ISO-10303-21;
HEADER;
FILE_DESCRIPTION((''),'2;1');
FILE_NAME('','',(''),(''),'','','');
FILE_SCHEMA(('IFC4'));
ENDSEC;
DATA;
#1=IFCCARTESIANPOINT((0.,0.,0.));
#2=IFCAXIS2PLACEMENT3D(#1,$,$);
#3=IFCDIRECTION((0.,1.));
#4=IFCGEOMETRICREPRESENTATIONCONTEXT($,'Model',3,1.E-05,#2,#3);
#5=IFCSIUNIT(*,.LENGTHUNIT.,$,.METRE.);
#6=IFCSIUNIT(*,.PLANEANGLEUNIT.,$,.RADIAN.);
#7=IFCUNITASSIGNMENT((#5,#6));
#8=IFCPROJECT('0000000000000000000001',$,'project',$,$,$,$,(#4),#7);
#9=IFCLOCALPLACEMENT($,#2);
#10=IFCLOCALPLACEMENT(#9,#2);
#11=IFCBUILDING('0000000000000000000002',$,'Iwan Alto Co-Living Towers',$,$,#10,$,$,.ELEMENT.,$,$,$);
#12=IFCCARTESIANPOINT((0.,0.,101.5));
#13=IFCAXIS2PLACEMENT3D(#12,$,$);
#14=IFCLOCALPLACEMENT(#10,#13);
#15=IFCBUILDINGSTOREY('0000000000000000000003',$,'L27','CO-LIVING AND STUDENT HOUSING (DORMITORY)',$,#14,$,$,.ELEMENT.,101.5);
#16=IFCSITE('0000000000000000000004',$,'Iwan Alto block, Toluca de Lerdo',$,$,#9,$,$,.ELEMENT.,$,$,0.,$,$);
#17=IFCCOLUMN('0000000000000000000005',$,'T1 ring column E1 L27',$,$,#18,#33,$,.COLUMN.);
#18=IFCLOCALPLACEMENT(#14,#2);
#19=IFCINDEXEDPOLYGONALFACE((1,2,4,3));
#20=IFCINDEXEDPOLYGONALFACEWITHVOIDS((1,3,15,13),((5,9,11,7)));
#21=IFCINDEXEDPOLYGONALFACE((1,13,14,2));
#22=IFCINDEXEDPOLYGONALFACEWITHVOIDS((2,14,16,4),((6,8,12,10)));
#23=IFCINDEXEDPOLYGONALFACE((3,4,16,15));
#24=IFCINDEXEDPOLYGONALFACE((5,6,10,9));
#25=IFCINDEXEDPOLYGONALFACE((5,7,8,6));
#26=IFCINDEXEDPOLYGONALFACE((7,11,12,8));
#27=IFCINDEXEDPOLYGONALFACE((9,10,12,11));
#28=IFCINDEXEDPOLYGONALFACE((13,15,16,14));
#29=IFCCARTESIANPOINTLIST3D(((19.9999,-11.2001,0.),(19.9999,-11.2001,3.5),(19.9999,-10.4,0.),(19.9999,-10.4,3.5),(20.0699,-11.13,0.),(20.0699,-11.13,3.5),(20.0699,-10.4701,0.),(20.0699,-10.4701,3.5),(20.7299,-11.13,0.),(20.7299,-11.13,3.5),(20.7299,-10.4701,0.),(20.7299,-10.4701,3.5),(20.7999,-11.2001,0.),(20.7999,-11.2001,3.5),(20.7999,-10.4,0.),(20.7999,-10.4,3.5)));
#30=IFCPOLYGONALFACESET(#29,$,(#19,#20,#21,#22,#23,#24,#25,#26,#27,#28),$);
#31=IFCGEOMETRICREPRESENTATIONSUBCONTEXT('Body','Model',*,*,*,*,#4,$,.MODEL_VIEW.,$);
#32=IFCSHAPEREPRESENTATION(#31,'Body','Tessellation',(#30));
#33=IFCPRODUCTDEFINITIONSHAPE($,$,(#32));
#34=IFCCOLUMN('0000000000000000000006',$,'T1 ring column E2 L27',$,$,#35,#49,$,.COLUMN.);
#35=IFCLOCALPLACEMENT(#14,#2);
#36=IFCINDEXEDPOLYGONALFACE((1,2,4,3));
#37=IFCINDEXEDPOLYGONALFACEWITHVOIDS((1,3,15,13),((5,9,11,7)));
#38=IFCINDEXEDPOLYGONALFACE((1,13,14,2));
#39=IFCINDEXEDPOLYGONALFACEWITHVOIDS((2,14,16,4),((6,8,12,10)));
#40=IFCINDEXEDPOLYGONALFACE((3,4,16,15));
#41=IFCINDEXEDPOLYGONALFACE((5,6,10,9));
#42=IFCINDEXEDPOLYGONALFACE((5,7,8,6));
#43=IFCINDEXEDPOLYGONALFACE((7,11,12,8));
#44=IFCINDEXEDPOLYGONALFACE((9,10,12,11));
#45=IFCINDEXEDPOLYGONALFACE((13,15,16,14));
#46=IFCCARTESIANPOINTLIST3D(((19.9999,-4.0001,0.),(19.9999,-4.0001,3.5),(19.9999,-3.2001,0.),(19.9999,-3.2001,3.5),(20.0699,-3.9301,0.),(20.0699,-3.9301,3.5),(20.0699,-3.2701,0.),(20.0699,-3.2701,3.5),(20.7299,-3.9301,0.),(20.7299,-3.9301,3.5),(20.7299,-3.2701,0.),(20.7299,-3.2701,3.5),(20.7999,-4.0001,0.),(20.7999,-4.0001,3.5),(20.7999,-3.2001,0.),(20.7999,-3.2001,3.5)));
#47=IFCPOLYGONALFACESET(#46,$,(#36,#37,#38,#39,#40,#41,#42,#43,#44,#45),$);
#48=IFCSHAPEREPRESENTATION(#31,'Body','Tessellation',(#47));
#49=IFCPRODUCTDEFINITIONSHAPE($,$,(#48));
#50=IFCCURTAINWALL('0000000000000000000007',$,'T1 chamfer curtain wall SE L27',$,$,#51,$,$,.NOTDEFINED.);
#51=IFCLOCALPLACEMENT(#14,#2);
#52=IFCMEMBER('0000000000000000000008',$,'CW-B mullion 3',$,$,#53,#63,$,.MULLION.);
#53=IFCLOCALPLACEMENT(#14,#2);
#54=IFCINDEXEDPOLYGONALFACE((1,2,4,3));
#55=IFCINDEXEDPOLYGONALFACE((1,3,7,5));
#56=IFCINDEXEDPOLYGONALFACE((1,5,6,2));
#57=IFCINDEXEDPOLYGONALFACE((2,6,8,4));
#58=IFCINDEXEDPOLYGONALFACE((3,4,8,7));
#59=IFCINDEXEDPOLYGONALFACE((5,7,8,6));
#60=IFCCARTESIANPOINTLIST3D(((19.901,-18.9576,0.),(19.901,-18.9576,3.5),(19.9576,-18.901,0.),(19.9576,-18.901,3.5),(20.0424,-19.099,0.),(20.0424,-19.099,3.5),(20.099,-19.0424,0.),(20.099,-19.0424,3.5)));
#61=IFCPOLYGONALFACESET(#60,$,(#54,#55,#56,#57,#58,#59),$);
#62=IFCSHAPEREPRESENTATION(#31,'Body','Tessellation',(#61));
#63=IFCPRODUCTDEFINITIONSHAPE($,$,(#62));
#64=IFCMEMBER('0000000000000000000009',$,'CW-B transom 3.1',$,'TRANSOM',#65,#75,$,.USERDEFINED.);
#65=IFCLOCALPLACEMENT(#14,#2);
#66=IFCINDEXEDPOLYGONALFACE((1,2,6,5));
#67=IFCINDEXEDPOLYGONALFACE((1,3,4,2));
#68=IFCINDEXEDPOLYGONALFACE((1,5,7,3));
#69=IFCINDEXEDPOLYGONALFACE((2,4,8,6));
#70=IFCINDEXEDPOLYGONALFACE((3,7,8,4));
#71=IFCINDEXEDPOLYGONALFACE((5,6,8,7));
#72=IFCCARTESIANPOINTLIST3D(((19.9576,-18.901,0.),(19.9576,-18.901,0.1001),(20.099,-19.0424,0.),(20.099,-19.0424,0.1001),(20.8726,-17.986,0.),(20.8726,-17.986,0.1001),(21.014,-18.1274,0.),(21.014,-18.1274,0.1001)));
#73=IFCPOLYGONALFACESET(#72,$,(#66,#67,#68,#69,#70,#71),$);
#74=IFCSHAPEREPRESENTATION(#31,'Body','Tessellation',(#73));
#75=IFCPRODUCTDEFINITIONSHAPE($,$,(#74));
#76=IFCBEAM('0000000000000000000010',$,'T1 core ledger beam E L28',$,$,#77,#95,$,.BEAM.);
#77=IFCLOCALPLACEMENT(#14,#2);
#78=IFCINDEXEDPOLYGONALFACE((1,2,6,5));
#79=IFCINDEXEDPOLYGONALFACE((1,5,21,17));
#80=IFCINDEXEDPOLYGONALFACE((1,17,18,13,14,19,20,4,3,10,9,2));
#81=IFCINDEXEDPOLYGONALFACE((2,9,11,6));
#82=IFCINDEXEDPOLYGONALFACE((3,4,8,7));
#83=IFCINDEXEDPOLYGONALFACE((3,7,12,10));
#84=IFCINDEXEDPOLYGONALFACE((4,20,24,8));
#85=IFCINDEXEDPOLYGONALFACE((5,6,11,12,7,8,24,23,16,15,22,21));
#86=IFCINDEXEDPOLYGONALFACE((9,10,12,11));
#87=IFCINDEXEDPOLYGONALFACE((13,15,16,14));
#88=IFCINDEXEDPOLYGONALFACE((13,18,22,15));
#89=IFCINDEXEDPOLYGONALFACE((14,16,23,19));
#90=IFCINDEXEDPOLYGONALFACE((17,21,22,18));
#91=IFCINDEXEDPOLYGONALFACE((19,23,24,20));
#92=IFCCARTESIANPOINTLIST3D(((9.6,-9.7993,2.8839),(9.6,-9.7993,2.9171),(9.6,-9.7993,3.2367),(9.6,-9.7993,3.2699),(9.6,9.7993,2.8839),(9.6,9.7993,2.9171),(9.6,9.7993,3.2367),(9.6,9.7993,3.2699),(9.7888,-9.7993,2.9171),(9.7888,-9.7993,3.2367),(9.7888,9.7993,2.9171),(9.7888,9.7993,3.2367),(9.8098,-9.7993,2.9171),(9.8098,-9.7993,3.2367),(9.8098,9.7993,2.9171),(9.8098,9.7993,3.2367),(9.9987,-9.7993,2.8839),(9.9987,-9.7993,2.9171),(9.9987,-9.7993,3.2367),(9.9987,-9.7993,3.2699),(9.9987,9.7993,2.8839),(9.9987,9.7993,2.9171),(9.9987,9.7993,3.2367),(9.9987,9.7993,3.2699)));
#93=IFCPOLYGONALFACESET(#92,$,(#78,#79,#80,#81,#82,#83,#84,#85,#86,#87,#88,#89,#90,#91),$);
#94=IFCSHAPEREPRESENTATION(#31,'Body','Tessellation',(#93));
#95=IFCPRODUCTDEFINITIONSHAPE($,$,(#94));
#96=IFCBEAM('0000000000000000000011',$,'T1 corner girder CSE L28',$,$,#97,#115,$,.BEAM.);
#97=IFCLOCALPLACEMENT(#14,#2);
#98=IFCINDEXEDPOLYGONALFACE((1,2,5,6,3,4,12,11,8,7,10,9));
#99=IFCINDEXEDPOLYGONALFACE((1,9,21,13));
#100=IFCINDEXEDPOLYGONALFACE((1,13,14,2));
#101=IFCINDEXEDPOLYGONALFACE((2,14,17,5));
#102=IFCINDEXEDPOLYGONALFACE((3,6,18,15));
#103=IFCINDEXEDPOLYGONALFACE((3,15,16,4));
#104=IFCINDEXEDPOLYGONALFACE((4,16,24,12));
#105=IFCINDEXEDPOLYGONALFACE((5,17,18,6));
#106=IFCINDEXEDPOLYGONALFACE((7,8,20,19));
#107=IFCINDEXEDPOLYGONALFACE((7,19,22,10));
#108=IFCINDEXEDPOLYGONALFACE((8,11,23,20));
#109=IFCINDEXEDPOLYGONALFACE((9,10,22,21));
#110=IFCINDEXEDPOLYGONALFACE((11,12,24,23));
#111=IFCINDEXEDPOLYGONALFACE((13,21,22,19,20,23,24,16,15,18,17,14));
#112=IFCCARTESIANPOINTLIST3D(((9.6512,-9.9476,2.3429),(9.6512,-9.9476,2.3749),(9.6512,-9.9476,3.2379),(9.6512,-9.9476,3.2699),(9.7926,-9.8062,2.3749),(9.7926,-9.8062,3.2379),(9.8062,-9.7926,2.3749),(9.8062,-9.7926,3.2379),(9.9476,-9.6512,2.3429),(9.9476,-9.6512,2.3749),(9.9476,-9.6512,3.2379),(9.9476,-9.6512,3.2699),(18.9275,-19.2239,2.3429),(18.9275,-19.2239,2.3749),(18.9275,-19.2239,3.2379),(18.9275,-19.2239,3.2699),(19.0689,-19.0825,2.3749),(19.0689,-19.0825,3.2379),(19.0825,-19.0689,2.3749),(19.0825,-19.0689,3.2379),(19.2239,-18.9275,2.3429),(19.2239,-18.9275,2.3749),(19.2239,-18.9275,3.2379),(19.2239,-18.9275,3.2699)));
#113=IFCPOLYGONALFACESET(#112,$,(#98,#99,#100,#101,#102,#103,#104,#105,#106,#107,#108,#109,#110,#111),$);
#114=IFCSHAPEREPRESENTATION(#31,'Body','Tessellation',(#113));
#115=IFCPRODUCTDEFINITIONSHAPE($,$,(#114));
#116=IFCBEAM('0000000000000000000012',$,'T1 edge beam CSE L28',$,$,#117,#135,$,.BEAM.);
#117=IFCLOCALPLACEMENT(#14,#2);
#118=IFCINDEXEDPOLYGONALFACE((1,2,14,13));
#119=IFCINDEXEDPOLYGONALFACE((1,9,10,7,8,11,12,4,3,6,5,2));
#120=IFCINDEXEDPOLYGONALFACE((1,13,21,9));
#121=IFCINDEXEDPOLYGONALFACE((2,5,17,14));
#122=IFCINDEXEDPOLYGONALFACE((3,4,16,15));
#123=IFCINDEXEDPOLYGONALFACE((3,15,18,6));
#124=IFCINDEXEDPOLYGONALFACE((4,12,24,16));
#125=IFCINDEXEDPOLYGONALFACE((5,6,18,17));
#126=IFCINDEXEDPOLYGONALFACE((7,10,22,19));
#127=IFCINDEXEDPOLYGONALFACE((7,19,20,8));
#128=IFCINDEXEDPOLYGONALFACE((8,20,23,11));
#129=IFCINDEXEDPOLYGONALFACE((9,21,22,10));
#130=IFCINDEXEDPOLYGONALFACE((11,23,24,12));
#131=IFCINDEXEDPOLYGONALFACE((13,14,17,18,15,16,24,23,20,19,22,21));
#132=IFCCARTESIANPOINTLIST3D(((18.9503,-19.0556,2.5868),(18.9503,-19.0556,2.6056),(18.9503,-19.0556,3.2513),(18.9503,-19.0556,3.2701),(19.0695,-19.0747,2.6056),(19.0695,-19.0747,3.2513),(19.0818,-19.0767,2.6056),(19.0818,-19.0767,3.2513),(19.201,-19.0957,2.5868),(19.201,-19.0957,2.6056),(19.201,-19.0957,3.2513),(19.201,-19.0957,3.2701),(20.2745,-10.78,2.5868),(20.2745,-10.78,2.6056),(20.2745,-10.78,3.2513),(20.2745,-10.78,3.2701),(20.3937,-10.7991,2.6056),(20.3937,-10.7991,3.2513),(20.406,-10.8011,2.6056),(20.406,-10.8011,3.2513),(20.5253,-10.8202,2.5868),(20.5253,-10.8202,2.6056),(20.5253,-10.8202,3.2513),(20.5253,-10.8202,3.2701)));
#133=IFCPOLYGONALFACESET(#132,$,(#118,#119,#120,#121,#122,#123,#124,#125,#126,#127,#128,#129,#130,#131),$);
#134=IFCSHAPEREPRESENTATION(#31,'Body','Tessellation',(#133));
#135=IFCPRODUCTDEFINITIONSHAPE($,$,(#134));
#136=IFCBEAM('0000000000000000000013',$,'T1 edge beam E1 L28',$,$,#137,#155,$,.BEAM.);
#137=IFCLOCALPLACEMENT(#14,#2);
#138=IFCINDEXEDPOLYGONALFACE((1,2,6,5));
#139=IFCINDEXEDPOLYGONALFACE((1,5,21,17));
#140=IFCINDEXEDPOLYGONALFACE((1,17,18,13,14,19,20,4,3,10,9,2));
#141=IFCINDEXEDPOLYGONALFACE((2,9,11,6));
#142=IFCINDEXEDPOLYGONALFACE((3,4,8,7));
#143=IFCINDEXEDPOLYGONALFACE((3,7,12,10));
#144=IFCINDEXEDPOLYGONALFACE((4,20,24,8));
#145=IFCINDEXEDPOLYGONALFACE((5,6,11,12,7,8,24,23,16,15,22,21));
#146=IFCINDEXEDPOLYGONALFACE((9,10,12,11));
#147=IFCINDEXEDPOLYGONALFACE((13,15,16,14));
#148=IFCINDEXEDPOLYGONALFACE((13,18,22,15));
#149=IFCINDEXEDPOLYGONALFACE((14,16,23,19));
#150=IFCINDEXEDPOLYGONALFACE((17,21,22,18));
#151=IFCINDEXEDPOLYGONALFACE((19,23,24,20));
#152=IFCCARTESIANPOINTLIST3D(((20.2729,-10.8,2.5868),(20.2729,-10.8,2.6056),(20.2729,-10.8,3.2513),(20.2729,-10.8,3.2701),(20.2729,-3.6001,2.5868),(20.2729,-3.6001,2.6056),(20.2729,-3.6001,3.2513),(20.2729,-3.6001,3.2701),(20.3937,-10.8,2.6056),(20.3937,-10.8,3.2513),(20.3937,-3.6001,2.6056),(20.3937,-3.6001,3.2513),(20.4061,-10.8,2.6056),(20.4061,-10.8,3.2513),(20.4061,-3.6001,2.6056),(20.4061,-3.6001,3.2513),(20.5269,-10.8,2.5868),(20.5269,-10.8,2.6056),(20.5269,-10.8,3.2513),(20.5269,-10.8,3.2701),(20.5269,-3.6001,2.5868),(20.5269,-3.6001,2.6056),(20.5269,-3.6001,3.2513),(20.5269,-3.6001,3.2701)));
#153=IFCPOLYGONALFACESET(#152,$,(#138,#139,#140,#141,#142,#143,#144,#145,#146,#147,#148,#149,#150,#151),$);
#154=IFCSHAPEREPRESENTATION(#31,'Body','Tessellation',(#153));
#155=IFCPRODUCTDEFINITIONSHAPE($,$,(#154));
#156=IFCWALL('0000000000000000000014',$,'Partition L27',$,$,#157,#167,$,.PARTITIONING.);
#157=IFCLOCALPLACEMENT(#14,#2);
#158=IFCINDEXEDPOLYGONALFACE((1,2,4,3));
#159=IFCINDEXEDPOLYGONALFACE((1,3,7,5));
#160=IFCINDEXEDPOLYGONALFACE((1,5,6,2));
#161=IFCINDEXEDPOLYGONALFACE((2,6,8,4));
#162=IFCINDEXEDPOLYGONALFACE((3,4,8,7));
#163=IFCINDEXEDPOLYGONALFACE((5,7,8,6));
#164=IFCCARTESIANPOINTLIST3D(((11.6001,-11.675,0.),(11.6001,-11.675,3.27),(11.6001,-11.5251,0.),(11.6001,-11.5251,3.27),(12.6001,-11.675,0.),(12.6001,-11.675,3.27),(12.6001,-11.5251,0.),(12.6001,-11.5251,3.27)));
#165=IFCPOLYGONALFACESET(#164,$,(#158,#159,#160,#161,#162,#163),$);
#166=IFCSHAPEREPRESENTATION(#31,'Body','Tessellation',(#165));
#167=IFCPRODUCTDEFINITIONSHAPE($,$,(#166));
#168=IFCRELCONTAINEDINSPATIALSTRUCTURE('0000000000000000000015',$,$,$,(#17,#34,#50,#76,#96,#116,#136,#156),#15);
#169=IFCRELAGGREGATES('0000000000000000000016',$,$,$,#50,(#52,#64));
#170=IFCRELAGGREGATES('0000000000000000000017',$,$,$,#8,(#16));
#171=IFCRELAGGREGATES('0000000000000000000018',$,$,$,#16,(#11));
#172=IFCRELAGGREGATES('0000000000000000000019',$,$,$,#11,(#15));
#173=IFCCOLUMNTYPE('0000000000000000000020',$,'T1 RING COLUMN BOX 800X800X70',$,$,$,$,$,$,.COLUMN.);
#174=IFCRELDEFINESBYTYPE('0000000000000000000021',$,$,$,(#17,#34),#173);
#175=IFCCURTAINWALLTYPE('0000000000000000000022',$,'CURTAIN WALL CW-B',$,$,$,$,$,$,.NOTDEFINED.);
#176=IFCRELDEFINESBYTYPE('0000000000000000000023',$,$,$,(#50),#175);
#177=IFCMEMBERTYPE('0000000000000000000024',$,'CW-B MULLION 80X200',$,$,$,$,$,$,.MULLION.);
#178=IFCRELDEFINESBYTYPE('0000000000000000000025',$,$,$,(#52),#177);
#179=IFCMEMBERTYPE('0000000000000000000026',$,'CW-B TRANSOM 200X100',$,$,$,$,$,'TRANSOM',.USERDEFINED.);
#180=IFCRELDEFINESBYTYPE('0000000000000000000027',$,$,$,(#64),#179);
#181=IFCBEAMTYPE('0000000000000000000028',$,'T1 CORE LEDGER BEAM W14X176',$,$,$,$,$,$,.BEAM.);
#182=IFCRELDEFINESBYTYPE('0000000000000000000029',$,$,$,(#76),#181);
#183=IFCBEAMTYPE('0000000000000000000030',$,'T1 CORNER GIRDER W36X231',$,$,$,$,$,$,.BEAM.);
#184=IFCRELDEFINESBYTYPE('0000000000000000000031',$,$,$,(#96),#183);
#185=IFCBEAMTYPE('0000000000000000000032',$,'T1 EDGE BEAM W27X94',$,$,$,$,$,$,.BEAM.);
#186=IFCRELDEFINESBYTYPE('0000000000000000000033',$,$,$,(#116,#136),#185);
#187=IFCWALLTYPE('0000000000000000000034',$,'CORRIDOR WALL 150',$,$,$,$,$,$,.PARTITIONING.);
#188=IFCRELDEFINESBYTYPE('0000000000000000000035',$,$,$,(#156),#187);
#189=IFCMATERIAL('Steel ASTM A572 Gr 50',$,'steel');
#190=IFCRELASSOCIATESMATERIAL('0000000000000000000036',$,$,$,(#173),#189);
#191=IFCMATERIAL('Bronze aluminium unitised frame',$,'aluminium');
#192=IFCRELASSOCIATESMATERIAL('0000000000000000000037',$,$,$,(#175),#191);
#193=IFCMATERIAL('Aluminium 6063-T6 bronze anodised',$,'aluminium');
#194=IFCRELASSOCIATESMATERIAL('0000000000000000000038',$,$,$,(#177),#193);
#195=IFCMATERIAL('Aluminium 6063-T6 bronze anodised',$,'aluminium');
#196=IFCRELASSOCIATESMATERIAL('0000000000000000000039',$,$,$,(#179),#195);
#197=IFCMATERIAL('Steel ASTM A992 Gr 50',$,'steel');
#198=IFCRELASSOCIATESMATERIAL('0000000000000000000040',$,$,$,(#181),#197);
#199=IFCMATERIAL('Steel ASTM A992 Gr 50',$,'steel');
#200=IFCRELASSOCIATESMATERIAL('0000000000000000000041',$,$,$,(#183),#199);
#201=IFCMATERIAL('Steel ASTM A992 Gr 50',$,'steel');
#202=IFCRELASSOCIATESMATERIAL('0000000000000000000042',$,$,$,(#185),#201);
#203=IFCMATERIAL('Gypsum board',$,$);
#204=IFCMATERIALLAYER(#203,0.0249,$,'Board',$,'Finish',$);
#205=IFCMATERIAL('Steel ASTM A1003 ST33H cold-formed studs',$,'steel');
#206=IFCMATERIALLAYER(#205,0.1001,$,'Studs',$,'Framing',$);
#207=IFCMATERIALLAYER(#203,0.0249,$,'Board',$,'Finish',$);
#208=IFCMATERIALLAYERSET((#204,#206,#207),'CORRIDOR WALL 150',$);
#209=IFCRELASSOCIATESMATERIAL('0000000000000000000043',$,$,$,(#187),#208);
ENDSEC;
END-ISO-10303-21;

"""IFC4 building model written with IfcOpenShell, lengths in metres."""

from ifc_helpers import new_model, si_unit, direction, frame, frame_2d, origin, origin_2d, place, context, subcontext, project, spatial, rectangle, hollow_rectangle, i_section, extrude, material, layer, layer_set, material_profile, profile_set, type_object, element, aggregate, save


model = new_model("IFC4")

# Units and contexts
model_context = context("Model", 3, precision=1e-05, world=origin(), true_north=direction((0.0, 1.0)))
body_context = subcontext(model_context, "Body", "Model", "MODEL_VIEW")
ifc_project = project(units=[si_unit("LENGTHUNIT", "METRE"), si_unit("PLANEANGLEUNIT", "RADIAN")], contexts=[model_context])

# Site, building, storey
site_placement = place(None, origin())
site = spatial("IfcSite", under=ifc_project, at=site_placement, Name="Iwan Alto block, Toluca de Lerdo", CompositionType="ELEMENT", RefElevation=0.0)
building_placement = place(site_placement, origin())
building = spatial("IfcBuilding", under=site, at=building_placement, Name="Iwan Alto Co-Living Towers", CompositionType="ELEMENT")
storey_placement = place(building_placement, frame((0.0, 0.0, 101.5)))
storey = spatial("IfcBuildingStorey", under=building, at=storey_placement, Name="L27", Description="CO-LIVING AND STUDENT HOUSING (DORMITORY)", CompositionType="ELEMENT", Elevation=101.5)

# Columns
ifc_material_1 = material(Name="Steel ASTM A572 Gr 50", Category="steel")
ifc_material_profile_1 = material_profile(ifc_material_1, hollow_rectangle(XDim=0.8, YDim=0.8, WallThickness=0.0701, at=origin_2d()), Name="BOX 800X800X70")
ifc_profile_set_1 = profile_set([ifc_material_profile_1], Name="Steel ASTM A572 Gr 50")
column_type = type_object("IfcColumnType", Name="T1 RING COLUMN BOX 800X800X70", PredefinedType="COLUMN", material=ifc_profile_set_1)
for number, where, z_axis, x_axis, name in (
    (1, (20.3999, -10.8, 0.0), (0.0, 0.0, 1.0), (1.0, 0.0, 0.0), "T1 ring column E1 L27"),
    (2, (20.3999, -3.6001, 0.0), (0.0, 0.0, 1.0), (1.0, 0.0, 0.0), "T1 ring column E2 L27"),
):
    element("IfcColumn", number, at=place(storey_placement, frame(where, z_axis=z_axis, x_axis=x_axis)), inside=storey, type_object=column_type, Name=name, PredefinedType="COLUMN", context=body_context, shape_type="SweptSolid", body=[
        extrude(hollow_rectangle(XDim=0.8, YDim=0.8, WallThickness=0.0701, at=origin_2d()), origin(), (0.0, 0.0, 1.0), 3.5),
    ])

# Curtain wall, members
ifc_material_2 = material(Name="Bronze aluminium unitised frame", Category="aluminium")
curtain_wall_type = type_object("IfcCurtainWallType", Name="CURTAIN WALL CW-B", PredefinedType="NOTDEFINED", material=ifc_material_2)
curtain_wall_placement = place(storey_placement, origin())
curtain_wall = element("IfcCurtainWall", 3, at=curtain_wall_placement, inside=storey, type_object=curtain_wall_type, Name="T1 chamfer curtain wall SE L27", PredefinedType="NOTDEFINED")
ifc_material_3 = material(Name="Aluminium 6063-T6 bronze anodised", Category="aluminium")
ifc_material_profile_2 = material_profile(ifc_material_3, rectangle(XDim=0.2, YDim=0.0801, at=origin_2d()), Name="AL 80X200")
ifc_profile_set_2 = profile_set([ifc_material_profile_2], Name="Aluminium 6063-T6 bronze anodised")
member_type_1 = type_object("IfcMemberType", Name="CW-B MULLION 80X200", PredefinedType="MULLION", material=ifc_profile_set_2)
member_1_placement = place(storey_placement, frame((20.0, -19.0, 0.0), z_axis=(0.0, 0.0, 1.0), x_axis=(-0.707107, 0.707107, 0.0)))
member_1 = element("IfcMember", 4, at=member_1_placement, type_object=member_type_1, Name="CW-B mullion 3", PredefinedType="MULLION", context=body_context, shape_type="SweptSolid", body=[
    extrude(rectangle(XDim=0.2, YDim=0.0801, at=origin_2d()), origin(), (0.0, 0.0, 1.0), 3.5),
])
ifc_material_4 = material(Name="Aluminium 6063-T6 bronze anodised", Category="aluminium")
ifc_material_profile_3 = material_profile(ifc_material_4, rectangle(XDim=0.2, YDim=0.1001, at=origin_2d()), Name="AL 200X100")
ifc_profile_set_3 = profile_set([ifc_material_profile_3], Name="Aluminium 6063-T6 bronze anodised")
member_type_2 = type_object("IfcMemberType", Name="CW-B TRANSOM 200X100", ElementType="TRANSOM", PredefinedType="USERDEFINED", material=ifc_profile_set_3)
member_2_placement = place(storey_placement, frame((20.0283, -18.9717, 0.05), z_axis=(0.707107, 0.707107, 0.0), x_axis=(-0.707107, 0.707107, 0.0)))
member_2 = element("IfcMember", 5, at=member_2_placement, type_object=member_type_2, Name="CW-B transom 3.1", ObjectType="TRANSOM", PredefinedType="USERDEFINED", context=body_context, shape_type="SweptSolid", body=[
    extrude(rectangle(XDim=0.2, YDim=0.1001, at=origin_2d()), origin(), (0.0, 0.0, 1.0), 1.2939),
])
aggregate(curtain_wall, [member_1, member_2])

# Beams
ifc_material_5 = material(Name="Steel ASTM A992 Gr 50", Category="steel")
ifc_material_profile_4 = material_profile(ifc_material_5, i_section(OverallWidth=0.3987, OverallDepth=0.386, WebThickness=0.021, FlangeThickness=0.0332, at=origin_2d()), Name="W14X176")
ifc_profile_set_4 = profile_set([ifc_material_profile_4], Name="Steel ASTM A992 Gr 50")
beam_type_1 = type_object("IfcBeamType", Name="T1 CORE LEDGER BEAM W14X176", PredefinedType="BEAM", material=ifc_profile_set_4)
beam_1_placement = place(storey_placement, frame((9.7993, -9.7993, 3.0769), z_axis=(0.0, 1.0, 0.0), x_axis=(-1.0, 0.0, 0.0)))
element("IfcBeam", 6, at=beam_1_placement, inside=storey, type_object=beam_type_1, Name="T1 core ledger beam E L28", PredefinedType="BEAM", context=body_context, shape_type="SweptSolid", body=[
    extrude(i_section(OverallWidth=0.3987, OverallDepth=0.386, WebThickness=0.021, FlangeThickness=0.0332, at=origin_2d()), origin(), (0.0, 0.0, 1.0), 19.5986),
])
ifc_material_6 = material(Name="Steel ASTM A992 Gr 50", Category="steel")
ifc_material_profile_5 = material_profile(ifc_material_6, i_section(OverallWidth=0.4192, OverallDepth=0.927, WebThickness=0.0193, FlangeThickness=0.032, at=origin_2d()), Name="W36X231")
ifc_profile_set_5 = profile_set([ifc_material_profile_5], Name="Steel ASTM A992 Gr 50")
beam_type_2 = type_object("IfcBeamType", Name="T1 CORNER GIRDER W36X231", PredefinedType="BEAM", material=ifc_profile_set_5)
beam_2_placement = place(storey_placement, frame((19.0757, -19.0757, 2.8064), z_axis=(-0.707107, 0.707107, 0.0), x_axis=(-0.707107, -0.707107, 0.0)))
element("IfcBeam", 7, at=beam_2_placement, inside=storey, type_object=beam_type_2, Name="T1 corner girder CSE L28", PredefinedType="BEAM", context=body_context, shape_type="SweptSolid", body=[
    extrude(i_section(OverallWidth=0.4192, OverallDepth=0.927, WebThickness=0.0193, FlangeThickness=0.032, at=origin_2d()), origin(), (0.0, 0.0, 1.0), 13.1187),
])
ifc_material_7 = material(Name="Steel ASTM A992 Gr 50", Category="steel")
ifc_material_profile_6 = material_profile(ifc_material_7, i_section(OverallWidth=0.2539, OverallDepth=0.6833, WebThickness=0.0125, FlangeThickness=0.0188, at=origin_2d()), Name="W27X94")
ifc_profile_set_6 = profile_set([ifc_material_profile_6], Name="Steel ASTM A992 Gr 50")
beam_type_3 = type_object("IfcBeamType", Name="T1 EDGE BEAM W27X94", PredefinedType="BEAM", material=ifc_profile_set_6)
beam_3_placement = place(storey_placement, frame((19.0757, -19.0757, 2.9285), z_axis=(0.158004, 0.987438, 0.0), x_axis=(-0.987438, 0.158004, 0.0)))
element("IfcBeam", 8, at=beam_3_placement, inside=storey, type_object=beam_type_3, Name="T1 edge beam CSE L28", PredefinedType="BEAM", context=body_context, shape_type="SweptSolid", body=[
    extrude(i_section(OverallWidth=0.2539, OverallDepth=0.6833, WebThickness=0.0125, FlangeThickness=0.0188, at=origin_2d()), origin(), (0.0, 0.0, 1.0), 8.3809),
])
beam_4_placement = place(storey_placement, frame((20.3999, -10.8, 2.9285), z_axis=(0.0, 1.0, 0.0), x_axis=(-1.0, 0.0, 0.0)))
element("IfcBeam", 9, at=beam_4_placement, inside=storey, type_object=beam_type_3, Name="T1 edge beam E1 L28", PredefinedType="BEAM", context=body_context, shape_type="SweptSolid", body=[
    extrude(i_section(OverallWidth=0.2539, OverallDepth=0.6833, WebThickness=0.0125, FlangeThickness=0.0188, at=origin_2d()), origin(), (0.0, 0.0, 1.0), 7.2),
])

# Wall
ifc_material_8 = material(Name="Gypsum board")
ifc_layer_1 = layer(ifc_material_8, 0.0249, Name="Board", Category="Finish")
ifc_material_9 = material(Name="Steel ASTM A1003 ST33H cold-formed studs", Category="steel")
ifc_layer_2 = layer(ifc_material_9, 0.1001, Name="Studs", Category="Framing")
ifc_layer_3 = layer(ifc_material_8, 0.0249, Name="Board", Category="Finish")
ifc_layer_set_1 = layer_set([ifc_layer_1, ifc_layer_2, ifc_layer_3], Name="CORRIDOR WALL 150")
wall_type_1 = type_object("IfcWallType", Name="CORRIDOR WALL 150", PredefinedType="PARTITIONING", material=ifc_layer_set_1)
wall_1_placement = place(storey_placement, frame((11.6001, -11.6001, 0.0), z_axis=(0.0, 0.0, 1.0), x_axis=(1.0, 0.0, 0.0)))
element("IfcWall", 10, at=wall_1_placement, inside=storey, type_object=wall_type_1, Name="Partition L27", PredefinedType="PARTITIONING", context=body_context, shape_type="SweptSolid", body=[
    extrude(rectangle(XDim=1.0, YDim=0.1499, at=frame_2d((0.5, 0.0))), origin(), (0.0, 0.0, 1.0), 3.27),
])

save(model, "model.ifc")
